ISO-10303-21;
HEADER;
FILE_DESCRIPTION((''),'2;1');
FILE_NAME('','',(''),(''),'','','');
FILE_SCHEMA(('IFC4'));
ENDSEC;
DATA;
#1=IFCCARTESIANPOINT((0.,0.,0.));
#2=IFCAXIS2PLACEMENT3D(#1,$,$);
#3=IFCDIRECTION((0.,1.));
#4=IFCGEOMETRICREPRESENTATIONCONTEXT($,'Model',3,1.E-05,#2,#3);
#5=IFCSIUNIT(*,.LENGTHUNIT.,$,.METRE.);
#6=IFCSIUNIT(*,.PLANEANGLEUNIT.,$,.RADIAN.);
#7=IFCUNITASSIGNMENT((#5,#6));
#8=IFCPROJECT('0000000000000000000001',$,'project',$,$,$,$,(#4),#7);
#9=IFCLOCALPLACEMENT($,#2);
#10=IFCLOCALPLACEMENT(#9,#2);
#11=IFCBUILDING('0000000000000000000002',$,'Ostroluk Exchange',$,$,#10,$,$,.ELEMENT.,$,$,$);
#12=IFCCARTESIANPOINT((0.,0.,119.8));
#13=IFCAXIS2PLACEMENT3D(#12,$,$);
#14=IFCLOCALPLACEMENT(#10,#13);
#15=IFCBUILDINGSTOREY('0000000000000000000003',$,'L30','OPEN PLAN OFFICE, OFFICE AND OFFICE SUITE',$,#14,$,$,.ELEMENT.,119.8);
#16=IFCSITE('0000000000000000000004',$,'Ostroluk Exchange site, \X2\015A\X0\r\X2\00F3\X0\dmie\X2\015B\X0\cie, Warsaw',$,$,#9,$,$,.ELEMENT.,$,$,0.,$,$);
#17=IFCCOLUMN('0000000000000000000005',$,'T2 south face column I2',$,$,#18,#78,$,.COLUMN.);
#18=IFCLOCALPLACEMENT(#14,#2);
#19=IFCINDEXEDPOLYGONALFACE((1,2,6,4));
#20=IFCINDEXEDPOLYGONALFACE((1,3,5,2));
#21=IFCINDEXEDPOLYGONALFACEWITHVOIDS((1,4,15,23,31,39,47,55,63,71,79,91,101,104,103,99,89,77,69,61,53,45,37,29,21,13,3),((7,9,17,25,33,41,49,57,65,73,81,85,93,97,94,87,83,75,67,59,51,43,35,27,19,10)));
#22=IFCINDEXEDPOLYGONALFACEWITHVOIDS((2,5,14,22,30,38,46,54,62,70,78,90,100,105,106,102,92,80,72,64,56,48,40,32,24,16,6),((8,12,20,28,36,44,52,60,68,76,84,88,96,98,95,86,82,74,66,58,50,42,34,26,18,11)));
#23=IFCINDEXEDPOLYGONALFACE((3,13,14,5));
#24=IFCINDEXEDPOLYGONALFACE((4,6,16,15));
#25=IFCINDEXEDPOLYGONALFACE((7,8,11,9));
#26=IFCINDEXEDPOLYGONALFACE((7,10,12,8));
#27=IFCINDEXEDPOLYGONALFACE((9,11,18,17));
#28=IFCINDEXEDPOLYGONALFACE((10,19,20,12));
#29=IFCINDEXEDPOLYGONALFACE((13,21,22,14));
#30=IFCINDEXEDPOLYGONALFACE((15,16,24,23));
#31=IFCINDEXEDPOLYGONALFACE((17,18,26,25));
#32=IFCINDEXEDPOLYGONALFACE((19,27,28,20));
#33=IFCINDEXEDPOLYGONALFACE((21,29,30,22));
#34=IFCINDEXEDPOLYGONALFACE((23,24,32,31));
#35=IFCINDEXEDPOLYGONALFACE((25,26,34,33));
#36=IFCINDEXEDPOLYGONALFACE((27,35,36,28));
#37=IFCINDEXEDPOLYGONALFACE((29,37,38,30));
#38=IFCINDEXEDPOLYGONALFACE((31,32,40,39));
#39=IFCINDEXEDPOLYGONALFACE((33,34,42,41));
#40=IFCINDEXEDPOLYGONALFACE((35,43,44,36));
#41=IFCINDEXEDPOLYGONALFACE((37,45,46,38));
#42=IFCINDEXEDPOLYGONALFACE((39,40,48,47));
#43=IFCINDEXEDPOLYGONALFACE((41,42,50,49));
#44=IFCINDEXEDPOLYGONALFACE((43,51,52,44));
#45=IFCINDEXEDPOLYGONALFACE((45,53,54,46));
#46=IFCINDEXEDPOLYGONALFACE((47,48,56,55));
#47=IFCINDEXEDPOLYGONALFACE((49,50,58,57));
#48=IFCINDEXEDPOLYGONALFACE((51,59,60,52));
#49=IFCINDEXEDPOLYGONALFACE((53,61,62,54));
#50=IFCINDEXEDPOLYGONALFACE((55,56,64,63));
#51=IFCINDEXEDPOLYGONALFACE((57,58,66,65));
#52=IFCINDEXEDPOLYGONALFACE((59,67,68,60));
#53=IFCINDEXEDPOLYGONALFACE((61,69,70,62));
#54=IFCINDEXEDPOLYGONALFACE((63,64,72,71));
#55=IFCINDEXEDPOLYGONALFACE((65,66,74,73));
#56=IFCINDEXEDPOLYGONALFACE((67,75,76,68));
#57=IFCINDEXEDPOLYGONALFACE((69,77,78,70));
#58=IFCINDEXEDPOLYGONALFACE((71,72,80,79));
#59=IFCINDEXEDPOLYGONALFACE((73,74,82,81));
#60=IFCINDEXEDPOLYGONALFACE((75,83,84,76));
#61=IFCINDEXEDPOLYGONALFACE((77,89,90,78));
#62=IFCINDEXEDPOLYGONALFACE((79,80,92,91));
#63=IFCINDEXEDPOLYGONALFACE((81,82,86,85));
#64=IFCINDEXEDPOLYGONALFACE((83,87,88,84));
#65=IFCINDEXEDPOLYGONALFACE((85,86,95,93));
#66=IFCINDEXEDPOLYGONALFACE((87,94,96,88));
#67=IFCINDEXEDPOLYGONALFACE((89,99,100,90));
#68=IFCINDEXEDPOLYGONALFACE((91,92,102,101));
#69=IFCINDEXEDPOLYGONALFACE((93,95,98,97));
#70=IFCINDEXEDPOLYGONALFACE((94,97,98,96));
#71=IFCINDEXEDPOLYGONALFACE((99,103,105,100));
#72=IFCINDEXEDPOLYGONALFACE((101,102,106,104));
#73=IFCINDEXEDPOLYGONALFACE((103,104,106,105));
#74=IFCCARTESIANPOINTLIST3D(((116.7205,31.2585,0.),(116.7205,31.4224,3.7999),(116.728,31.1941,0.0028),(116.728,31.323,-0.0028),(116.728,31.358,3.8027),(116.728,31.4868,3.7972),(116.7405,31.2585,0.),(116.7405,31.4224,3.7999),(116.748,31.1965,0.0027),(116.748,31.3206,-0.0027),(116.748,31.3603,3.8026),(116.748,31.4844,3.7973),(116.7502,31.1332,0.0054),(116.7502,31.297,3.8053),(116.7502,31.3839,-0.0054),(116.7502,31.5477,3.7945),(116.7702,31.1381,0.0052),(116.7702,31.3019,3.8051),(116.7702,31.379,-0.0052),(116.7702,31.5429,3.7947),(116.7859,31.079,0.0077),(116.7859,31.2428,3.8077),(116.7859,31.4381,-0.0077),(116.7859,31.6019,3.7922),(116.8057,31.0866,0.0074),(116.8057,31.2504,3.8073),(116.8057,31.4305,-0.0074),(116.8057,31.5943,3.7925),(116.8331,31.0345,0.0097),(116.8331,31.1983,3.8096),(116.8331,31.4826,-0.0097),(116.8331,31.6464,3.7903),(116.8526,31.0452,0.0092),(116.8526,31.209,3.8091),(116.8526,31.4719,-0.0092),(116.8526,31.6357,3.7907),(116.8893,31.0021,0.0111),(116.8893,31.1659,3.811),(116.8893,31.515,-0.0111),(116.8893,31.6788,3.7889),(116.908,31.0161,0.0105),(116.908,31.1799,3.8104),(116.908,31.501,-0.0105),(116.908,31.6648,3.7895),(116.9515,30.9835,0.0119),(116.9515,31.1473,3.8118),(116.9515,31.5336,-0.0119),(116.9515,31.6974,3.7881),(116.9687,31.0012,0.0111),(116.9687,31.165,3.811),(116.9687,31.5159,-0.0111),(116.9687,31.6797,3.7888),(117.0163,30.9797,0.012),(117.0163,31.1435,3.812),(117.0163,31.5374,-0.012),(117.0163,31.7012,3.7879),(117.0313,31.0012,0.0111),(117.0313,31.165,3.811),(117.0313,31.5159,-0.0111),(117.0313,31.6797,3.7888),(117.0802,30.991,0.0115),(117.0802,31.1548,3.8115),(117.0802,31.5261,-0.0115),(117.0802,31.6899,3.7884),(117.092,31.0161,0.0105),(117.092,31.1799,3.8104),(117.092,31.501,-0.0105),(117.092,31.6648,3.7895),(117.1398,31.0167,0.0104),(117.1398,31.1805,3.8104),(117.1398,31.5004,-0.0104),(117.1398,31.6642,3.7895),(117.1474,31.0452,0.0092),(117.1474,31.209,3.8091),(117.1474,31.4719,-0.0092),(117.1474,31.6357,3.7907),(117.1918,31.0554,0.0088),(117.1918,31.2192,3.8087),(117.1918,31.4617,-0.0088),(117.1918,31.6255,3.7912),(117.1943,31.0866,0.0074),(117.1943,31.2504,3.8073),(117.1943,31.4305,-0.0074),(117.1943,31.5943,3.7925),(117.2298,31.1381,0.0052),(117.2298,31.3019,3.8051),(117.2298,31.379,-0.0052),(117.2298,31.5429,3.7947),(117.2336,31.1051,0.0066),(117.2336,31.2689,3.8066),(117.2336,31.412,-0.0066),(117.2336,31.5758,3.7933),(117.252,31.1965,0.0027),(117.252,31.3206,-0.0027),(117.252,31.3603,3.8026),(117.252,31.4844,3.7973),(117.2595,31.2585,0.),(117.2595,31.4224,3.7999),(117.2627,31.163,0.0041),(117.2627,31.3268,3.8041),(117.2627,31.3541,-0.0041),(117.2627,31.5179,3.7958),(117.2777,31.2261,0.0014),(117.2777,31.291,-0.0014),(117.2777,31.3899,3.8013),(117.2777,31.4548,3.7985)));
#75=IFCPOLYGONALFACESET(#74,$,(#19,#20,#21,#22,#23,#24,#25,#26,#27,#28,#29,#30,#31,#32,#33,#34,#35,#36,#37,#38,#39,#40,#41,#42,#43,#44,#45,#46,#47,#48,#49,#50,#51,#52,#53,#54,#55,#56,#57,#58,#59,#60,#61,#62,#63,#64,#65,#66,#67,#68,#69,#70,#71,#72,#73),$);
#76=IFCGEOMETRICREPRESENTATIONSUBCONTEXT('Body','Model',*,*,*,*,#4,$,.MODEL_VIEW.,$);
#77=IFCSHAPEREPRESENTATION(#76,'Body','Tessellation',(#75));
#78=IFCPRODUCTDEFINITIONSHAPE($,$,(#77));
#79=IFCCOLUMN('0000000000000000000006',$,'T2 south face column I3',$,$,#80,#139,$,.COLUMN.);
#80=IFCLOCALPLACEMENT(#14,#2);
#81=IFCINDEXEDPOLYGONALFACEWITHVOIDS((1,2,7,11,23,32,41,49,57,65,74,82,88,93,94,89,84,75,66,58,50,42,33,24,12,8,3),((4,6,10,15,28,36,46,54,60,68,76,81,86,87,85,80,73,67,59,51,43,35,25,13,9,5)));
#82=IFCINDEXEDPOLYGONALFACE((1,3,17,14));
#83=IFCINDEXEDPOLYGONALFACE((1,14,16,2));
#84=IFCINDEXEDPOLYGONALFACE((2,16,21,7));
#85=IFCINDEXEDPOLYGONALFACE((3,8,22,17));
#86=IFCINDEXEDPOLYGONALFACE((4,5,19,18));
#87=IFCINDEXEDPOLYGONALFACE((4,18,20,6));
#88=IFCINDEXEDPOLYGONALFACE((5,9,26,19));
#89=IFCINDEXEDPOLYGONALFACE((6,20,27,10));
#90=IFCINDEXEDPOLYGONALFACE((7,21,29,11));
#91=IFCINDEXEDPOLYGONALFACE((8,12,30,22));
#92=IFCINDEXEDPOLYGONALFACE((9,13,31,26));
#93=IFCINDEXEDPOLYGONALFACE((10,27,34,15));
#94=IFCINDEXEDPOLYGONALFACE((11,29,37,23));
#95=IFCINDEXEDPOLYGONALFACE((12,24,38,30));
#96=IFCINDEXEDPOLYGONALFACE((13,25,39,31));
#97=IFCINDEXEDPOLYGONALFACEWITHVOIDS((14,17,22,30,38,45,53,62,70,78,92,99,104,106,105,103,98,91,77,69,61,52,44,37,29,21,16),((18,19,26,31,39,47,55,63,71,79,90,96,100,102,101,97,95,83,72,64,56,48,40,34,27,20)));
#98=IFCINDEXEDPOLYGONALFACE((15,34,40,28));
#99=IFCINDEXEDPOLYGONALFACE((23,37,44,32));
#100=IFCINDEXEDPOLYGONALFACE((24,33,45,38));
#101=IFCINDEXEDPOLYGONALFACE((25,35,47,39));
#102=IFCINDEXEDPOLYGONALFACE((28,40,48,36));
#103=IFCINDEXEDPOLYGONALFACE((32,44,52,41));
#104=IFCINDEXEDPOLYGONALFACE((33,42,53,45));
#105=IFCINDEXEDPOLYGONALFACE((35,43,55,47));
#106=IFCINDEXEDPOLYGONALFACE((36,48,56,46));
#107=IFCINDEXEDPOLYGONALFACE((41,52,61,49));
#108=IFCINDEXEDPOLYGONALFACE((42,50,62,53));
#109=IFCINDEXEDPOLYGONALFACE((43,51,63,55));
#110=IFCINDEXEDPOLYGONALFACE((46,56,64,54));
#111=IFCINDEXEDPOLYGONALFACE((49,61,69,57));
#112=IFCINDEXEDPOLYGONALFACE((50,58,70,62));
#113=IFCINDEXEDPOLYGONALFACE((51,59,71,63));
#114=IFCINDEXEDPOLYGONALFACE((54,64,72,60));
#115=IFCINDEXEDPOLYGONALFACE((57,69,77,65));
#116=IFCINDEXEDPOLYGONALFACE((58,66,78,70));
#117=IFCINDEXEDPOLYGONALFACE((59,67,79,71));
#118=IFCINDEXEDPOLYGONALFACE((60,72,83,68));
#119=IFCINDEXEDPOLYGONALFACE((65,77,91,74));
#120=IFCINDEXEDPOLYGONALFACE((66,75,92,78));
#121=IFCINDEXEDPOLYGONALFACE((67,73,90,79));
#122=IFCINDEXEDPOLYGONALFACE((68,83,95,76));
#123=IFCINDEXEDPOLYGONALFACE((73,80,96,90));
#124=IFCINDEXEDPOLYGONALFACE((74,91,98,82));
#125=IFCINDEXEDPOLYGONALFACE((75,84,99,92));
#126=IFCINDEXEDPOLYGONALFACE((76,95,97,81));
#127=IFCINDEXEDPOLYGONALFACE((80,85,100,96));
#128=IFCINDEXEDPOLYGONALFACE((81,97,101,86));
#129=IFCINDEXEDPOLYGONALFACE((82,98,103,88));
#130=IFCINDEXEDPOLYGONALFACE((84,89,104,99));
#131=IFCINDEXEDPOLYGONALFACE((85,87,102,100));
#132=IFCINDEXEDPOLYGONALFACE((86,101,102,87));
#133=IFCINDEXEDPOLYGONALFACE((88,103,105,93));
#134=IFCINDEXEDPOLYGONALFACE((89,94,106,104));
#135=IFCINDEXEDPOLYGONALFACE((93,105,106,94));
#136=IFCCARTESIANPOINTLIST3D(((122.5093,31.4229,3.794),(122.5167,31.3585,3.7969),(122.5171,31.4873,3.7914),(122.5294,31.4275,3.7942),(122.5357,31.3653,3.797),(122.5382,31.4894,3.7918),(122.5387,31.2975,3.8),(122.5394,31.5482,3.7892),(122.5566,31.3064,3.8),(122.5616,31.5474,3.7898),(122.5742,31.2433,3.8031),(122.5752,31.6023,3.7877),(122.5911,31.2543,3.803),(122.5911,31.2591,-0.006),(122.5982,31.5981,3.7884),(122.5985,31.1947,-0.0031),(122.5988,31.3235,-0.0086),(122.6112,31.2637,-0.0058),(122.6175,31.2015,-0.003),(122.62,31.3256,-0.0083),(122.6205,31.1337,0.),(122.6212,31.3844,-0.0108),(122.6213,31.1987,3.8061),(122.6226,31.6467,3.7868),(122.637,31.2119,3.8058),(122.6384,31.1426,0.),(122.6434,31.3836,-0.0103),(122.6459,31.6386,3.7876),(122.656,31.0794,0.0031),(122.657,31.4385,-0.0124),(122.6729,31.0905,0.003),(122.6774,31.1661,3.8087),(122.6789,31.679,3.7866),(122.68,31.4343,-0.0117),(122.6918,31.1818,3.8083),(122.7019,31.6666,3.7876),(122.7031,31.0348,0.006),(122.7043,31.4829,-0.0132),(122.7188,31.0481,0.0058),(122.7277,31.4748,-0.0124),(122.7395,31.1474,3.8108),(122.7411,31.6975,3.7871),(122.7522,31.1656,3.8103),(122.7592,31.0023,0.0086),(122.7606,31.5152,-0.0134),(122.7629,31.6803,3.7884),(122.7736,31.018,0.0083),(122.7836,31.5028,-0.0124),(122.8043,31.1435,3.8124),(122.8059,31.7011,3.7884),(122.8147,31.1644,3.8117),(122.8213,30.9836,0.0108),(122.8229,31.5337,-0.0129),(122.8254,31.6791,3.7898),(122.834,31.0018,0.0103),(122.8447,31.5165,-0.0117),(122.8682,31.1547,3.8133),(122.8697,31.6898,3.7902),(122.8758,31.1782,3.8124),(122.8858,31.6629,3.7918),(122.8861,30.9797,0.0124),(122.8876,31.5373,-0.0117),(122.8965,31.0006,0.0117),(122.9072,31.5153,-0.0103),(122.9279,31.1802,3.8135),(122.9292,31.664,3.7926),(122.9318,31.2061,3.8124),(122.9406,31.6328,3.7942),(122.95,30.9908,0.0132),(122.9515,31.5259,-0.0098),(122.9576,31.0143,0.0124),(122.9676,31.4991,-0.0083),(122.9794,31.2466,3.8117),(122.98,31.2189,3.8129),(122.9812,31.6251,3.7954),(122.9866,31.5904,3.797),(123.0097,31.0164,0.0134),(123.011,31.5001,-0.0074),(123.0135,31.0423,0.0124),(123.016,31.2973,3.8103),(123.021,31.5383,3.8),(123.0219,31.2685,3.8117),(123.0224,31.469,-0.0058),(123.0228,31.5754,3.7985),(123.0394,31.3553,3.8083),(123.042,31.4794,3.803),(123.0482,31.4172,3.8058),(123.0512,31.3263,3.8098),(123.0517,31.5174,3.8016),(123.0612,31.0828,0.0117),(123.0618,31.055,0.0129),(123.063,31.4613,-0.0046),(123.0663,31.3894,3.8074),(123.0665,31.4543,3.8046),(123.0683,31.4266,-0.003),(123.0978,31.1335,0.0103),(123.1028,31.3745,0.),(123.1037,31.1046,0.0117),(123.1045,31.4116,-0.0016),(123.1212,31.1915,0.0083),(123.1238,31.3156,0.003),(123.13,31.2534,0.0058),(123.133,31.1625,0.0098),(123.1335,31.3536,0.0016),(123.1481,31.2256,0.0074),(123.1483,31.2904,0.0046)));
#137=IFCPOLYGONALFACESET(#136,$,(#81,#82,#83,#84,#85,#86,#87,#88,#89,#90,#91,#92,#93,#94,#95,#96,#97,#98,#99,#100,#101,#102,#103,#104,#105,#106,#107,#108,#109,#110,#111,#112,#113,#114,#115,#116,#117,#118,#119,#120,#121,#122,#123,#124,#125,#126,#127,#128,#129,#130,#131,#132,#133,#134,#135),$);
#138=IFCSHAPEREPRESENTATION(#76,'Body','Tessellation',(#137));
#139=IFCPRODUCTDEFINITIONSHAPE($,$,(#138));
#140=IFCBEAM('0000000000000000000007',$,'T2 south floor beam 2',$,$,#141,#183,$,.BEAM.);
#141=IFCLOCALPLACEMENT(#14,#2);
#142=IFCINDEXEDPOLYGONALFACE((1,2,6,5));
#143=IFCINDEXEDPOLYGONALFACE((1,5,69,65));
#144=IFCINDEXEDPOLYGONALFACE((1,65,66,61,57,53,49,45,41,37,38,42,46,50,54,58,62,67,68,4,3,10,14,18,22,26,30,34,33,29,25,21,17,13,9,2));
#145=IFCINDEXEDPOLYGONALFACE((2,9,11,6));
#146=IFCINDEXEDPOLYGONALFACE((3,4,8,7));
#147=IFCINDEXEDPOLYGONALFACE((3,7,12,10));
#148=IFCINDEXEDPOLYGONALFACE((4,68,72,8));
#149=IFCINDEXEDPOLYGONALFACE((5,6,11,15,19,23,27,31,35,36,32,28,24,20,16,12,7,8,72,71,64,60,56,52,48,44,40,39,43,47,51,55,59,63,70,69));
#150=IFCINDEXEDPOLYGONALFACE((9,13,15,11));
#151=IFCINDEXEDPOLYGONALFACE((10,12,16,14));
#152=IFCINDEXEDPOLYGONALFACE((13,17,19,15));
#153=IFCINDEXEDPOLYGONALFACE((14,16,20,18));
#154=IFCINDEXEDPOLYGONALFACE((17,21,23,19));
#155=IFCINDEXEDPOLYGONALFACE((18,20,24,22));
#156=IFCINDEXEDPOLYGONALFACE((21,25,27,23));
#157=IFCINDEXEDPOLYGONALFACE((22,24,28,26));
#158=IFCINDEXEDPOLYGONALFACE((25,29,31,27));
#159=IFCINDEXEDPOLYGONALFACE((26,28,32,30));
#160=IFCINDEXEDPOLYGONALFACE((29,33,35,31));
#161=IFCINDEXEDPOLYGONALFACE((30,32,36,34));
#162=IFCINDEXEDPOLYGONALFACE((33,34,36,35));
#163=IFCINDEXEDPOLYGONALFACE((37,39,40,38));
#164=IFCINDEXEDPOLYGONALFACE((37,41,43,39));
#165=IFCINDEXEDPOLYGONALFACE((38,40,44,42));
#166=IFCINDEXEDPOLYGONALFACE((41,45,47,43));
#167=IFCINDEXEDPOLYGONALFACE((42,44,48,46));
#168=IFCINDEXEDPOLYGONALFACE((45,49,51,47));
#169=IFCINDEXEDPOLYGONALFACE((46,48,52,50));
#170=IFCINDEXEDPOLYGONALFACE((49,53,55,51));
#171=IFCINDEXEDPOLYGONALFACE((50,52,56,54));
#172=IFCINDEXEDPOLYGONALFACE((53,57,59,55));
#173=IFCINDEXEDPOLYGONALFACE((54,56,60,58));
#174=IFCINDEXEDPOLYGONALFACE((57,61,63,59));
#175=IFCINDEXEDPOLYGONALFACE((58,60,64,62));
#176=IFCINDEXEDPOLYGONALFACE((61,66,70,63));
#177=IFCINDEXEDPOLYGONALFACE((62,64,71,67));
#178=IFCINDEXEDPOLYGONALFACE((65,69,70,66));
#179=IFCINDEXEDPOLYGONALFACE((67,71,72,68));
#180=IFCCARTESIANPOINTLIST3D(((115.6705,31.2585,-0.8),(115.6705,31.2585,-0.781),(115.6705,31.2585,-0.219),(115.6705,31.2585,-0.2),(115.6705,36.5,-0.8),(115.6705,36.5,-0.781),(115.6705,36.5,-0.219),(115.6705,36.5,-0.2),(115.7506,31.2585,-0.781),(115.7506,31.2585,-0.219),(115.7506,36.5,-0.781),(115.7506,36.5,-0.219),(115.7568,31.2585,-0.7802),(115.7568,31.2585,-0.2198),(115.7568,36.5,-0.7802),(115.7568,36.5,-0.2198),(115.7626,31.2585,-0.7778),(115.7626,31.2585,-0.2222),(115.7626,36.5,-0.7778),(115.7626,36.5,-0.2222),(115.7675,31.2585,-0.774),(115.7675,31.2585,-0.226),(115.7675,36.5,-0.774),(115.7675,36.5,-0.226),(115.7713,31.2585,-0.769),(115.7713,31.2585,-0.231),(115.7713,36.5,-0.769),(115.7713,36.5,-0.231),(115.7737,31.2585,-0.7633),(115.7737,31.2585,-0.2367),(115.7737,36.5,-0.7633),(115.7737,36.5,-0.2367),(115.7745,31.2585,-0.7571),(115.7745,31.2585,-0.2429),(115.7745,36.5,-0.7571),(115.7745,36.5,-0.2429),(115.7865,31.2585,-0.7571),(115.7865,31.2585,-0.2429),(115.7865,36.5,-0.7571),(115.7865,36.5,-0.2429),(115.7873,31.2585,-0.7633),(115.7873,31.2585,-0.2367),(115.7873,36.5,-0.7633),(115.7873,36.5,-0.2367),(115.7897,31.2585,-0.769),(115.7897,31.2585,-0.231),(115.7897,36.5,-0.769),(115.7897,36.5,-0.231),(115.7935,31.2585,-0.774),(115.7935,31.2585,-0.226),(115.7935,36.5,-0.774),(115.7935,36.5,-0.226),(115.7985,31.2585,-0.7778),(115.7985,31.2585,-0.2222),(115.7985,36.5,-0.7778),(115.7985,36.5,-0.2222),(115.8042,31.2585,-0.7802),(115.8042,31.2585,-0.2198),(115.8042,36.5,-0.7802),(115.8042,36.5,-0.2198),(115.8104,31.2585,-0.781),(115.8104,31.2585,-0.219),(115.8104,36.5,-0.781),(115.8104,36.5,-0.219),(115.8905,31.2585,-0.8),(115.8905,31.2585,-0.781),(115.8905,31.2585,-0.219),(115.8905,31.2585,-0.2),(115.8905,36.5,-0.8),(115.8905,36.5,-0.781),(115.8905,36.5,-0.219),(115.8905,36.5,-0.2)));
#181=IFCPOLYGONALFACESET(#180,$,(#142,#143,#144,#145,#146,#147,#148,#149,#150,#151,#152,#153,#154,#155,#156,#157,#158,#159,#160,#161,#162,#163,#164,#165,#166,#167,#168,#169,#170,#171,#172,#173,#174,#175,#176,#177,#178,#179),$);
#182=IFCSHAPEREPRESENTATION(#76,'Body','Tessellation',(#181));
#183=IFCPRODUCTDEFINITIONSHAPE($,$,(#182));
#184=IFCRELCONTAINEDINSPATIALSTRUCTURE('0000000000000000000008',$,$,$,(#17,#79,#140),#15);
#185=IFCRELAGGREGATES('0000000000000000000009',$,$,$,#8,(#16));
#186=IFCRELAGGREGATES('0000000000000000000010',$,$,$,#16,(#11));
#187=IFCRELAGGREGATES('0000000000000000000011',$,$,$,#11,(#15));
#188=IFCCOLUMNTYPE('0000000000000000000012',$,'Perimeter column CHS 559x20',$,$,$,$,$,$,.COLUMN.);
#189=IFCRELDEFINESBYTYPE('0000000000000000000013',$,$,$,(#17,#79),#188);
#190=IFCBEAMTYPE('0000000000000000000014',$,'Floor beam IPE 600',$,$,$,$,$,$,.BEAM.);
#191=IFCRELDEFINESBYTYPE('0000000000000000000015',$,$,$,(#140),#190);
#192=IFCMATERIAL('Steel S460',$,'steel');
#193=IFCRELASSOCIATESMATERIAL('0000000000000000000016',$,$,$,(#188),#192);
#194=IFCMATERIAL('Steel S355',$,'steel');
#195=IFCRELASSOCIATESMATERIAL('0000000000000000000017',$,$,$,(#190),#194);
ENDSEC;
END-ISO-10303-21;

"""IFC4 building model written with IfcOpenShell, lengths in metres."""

from ifc_helpers import new_model, si_unit, direction, frame, origin, origin_2d, place, context, subcontext, project, spatial, hollow_circle, i_section, extrude, material, material_profile, profile_set, type_object, element, save


model = new_model("IFC4")

# Units and contexts
model_context = context("Model", 3, precision=1e-05, world=origin(), true_north=direction((0.0, 1.0)))
body_context = subcontext(model_context, "Body", "Model", "MODEL_VIEW")
ifc_project = project(units=[si_unit("LENGTHUNIT", "METRE"), si_unit("PLANEANGLEUNIT", "RADIAN")], contexts=[model_context])

# Site, building, storey
site_placement = place(None, origin())
site = spatial("IfcSite", under=ifc_project, at=site_placement, Name="Ostroluk Exchange site, Śródmieście, Warsaw", CompositionType="ELEMENT", RefElevation=0.0)
building_placement = place(site_placement, origin())
building = spatial("IfcBuilding", under=site, at=building_placement, Name="Ostroluk Exchange", CompositionType="ELEMENT")
storey_placement = place(building_placement, frame((0.0, 0.0, 119.8)))
storey = spatial("IfcBuildingStorey", under=building, at=storey_placement, Name="L30", Description="OPEN PLAN OFFICE, OFFICE AND OFFICE SUITE", CompositionType="ELEMENT", Elevation=119.8)

# Columns
ifc_material_1 = material(Name="Steel S460", Category="steel")
ifc_material_profile_1 = material_profile(ifc_material_1, hollow_circle(Radius=0.2795, WallThickness=0.02, at=origin_2d()), Name="CHS 559x20")
ifc_profile_set_1 = profile_set([ifc_material_profile_1], Name="Steel S460")
column_type = type_object("IfcColumnType", Name="Perimeter column CHS 559x20", PredefinedType="COLUMN", material=ifc_profile_set_1)
column_1_placement = place(storey_placement, frame((117.0, 31.2585, 0.0), z_axis=(0.0, 0.04307, 0.999072), x_axis=(-1.0, 0.0, 0.0)))
element("IfcColumn", 1, at=column_1_placement, inside=storey, type_object=column_type, Name="T2 south face column I2", PredefinedType="COLUMN", context=body_context, shape_type="SweptSolid", body=[
    extrude(hollow_circle(Radius=0.2795, WallThickness=0.02, at=origin_2d()), origin(), (0.0, 0.0, 1.0), 3.8035),
])
column_2_placement = place(storey_placement, frame((122.8706, 31.2585, 0.0), z_axis=(-0.021498, 0.04306, 0.998841), x_axis=(-0.894694, -0.44668, 0.0)))
element("IfcColumn", 2, at=column_2_placement, inside=storey, type_object=column_type, Name="T2 south face column I3", PredefinedType="COLUMN", context=body_context, shape_type="SweptSolid", body=[
    extrude(hollow_circle(Radius=0.2795, WallThickness=0.02, at=origin_2d()), origin(), (0.0, 0.0, 1.0), 3.8044),
])

# Beam
ifc_material_2 = material(Name="Steel S355", Category="steel")
ifc_material_profile_2 = material_profile(ifc_material_2, i_section(OverallWidth=0.22, OverallDepth=0.6001, WebThickness=0.012, FlangeThickness=0.019, FilletRadius=0.0239, at=origin_2d()), Name="IPE 600")
ifc_profile_set_2 = profile_set([ifc_material_profile_2], Name="Steel S355")
beam_type_1 = type_object("IfcBeamType", Name="Floor beam IPE 600", PredefinedType="BEAM", material=ifc_profile_set_2)
for number, where, z_axis, x_axis, name in (
    (3, (115.7805, 36.5, -0.5), (0.0, -1.0, 0.0), (1.0, 0.0, 0.0), "T2 south floor beam 2"),
):
    element("IfcBeam", number, at=place(storey_placement, frame(where, z_axis=z_axis, x_axis=x_axis)), inside=storey, type_object=beam_type_1, Name=name, PredefinedType="BEAM", context=body_context, shape_type="SweptSolid", body=[
        extrude(i_section(OverallWidth=0.22, OverallDepth=0.6001, WebThickness=0.012, FlangeThickness=0.019, FilletRadius=0.0239, at=origin_2d()), origin(), (0.0, 0.0, 1.0), 5.2415),
    ])

save(model, "model.ifc")
